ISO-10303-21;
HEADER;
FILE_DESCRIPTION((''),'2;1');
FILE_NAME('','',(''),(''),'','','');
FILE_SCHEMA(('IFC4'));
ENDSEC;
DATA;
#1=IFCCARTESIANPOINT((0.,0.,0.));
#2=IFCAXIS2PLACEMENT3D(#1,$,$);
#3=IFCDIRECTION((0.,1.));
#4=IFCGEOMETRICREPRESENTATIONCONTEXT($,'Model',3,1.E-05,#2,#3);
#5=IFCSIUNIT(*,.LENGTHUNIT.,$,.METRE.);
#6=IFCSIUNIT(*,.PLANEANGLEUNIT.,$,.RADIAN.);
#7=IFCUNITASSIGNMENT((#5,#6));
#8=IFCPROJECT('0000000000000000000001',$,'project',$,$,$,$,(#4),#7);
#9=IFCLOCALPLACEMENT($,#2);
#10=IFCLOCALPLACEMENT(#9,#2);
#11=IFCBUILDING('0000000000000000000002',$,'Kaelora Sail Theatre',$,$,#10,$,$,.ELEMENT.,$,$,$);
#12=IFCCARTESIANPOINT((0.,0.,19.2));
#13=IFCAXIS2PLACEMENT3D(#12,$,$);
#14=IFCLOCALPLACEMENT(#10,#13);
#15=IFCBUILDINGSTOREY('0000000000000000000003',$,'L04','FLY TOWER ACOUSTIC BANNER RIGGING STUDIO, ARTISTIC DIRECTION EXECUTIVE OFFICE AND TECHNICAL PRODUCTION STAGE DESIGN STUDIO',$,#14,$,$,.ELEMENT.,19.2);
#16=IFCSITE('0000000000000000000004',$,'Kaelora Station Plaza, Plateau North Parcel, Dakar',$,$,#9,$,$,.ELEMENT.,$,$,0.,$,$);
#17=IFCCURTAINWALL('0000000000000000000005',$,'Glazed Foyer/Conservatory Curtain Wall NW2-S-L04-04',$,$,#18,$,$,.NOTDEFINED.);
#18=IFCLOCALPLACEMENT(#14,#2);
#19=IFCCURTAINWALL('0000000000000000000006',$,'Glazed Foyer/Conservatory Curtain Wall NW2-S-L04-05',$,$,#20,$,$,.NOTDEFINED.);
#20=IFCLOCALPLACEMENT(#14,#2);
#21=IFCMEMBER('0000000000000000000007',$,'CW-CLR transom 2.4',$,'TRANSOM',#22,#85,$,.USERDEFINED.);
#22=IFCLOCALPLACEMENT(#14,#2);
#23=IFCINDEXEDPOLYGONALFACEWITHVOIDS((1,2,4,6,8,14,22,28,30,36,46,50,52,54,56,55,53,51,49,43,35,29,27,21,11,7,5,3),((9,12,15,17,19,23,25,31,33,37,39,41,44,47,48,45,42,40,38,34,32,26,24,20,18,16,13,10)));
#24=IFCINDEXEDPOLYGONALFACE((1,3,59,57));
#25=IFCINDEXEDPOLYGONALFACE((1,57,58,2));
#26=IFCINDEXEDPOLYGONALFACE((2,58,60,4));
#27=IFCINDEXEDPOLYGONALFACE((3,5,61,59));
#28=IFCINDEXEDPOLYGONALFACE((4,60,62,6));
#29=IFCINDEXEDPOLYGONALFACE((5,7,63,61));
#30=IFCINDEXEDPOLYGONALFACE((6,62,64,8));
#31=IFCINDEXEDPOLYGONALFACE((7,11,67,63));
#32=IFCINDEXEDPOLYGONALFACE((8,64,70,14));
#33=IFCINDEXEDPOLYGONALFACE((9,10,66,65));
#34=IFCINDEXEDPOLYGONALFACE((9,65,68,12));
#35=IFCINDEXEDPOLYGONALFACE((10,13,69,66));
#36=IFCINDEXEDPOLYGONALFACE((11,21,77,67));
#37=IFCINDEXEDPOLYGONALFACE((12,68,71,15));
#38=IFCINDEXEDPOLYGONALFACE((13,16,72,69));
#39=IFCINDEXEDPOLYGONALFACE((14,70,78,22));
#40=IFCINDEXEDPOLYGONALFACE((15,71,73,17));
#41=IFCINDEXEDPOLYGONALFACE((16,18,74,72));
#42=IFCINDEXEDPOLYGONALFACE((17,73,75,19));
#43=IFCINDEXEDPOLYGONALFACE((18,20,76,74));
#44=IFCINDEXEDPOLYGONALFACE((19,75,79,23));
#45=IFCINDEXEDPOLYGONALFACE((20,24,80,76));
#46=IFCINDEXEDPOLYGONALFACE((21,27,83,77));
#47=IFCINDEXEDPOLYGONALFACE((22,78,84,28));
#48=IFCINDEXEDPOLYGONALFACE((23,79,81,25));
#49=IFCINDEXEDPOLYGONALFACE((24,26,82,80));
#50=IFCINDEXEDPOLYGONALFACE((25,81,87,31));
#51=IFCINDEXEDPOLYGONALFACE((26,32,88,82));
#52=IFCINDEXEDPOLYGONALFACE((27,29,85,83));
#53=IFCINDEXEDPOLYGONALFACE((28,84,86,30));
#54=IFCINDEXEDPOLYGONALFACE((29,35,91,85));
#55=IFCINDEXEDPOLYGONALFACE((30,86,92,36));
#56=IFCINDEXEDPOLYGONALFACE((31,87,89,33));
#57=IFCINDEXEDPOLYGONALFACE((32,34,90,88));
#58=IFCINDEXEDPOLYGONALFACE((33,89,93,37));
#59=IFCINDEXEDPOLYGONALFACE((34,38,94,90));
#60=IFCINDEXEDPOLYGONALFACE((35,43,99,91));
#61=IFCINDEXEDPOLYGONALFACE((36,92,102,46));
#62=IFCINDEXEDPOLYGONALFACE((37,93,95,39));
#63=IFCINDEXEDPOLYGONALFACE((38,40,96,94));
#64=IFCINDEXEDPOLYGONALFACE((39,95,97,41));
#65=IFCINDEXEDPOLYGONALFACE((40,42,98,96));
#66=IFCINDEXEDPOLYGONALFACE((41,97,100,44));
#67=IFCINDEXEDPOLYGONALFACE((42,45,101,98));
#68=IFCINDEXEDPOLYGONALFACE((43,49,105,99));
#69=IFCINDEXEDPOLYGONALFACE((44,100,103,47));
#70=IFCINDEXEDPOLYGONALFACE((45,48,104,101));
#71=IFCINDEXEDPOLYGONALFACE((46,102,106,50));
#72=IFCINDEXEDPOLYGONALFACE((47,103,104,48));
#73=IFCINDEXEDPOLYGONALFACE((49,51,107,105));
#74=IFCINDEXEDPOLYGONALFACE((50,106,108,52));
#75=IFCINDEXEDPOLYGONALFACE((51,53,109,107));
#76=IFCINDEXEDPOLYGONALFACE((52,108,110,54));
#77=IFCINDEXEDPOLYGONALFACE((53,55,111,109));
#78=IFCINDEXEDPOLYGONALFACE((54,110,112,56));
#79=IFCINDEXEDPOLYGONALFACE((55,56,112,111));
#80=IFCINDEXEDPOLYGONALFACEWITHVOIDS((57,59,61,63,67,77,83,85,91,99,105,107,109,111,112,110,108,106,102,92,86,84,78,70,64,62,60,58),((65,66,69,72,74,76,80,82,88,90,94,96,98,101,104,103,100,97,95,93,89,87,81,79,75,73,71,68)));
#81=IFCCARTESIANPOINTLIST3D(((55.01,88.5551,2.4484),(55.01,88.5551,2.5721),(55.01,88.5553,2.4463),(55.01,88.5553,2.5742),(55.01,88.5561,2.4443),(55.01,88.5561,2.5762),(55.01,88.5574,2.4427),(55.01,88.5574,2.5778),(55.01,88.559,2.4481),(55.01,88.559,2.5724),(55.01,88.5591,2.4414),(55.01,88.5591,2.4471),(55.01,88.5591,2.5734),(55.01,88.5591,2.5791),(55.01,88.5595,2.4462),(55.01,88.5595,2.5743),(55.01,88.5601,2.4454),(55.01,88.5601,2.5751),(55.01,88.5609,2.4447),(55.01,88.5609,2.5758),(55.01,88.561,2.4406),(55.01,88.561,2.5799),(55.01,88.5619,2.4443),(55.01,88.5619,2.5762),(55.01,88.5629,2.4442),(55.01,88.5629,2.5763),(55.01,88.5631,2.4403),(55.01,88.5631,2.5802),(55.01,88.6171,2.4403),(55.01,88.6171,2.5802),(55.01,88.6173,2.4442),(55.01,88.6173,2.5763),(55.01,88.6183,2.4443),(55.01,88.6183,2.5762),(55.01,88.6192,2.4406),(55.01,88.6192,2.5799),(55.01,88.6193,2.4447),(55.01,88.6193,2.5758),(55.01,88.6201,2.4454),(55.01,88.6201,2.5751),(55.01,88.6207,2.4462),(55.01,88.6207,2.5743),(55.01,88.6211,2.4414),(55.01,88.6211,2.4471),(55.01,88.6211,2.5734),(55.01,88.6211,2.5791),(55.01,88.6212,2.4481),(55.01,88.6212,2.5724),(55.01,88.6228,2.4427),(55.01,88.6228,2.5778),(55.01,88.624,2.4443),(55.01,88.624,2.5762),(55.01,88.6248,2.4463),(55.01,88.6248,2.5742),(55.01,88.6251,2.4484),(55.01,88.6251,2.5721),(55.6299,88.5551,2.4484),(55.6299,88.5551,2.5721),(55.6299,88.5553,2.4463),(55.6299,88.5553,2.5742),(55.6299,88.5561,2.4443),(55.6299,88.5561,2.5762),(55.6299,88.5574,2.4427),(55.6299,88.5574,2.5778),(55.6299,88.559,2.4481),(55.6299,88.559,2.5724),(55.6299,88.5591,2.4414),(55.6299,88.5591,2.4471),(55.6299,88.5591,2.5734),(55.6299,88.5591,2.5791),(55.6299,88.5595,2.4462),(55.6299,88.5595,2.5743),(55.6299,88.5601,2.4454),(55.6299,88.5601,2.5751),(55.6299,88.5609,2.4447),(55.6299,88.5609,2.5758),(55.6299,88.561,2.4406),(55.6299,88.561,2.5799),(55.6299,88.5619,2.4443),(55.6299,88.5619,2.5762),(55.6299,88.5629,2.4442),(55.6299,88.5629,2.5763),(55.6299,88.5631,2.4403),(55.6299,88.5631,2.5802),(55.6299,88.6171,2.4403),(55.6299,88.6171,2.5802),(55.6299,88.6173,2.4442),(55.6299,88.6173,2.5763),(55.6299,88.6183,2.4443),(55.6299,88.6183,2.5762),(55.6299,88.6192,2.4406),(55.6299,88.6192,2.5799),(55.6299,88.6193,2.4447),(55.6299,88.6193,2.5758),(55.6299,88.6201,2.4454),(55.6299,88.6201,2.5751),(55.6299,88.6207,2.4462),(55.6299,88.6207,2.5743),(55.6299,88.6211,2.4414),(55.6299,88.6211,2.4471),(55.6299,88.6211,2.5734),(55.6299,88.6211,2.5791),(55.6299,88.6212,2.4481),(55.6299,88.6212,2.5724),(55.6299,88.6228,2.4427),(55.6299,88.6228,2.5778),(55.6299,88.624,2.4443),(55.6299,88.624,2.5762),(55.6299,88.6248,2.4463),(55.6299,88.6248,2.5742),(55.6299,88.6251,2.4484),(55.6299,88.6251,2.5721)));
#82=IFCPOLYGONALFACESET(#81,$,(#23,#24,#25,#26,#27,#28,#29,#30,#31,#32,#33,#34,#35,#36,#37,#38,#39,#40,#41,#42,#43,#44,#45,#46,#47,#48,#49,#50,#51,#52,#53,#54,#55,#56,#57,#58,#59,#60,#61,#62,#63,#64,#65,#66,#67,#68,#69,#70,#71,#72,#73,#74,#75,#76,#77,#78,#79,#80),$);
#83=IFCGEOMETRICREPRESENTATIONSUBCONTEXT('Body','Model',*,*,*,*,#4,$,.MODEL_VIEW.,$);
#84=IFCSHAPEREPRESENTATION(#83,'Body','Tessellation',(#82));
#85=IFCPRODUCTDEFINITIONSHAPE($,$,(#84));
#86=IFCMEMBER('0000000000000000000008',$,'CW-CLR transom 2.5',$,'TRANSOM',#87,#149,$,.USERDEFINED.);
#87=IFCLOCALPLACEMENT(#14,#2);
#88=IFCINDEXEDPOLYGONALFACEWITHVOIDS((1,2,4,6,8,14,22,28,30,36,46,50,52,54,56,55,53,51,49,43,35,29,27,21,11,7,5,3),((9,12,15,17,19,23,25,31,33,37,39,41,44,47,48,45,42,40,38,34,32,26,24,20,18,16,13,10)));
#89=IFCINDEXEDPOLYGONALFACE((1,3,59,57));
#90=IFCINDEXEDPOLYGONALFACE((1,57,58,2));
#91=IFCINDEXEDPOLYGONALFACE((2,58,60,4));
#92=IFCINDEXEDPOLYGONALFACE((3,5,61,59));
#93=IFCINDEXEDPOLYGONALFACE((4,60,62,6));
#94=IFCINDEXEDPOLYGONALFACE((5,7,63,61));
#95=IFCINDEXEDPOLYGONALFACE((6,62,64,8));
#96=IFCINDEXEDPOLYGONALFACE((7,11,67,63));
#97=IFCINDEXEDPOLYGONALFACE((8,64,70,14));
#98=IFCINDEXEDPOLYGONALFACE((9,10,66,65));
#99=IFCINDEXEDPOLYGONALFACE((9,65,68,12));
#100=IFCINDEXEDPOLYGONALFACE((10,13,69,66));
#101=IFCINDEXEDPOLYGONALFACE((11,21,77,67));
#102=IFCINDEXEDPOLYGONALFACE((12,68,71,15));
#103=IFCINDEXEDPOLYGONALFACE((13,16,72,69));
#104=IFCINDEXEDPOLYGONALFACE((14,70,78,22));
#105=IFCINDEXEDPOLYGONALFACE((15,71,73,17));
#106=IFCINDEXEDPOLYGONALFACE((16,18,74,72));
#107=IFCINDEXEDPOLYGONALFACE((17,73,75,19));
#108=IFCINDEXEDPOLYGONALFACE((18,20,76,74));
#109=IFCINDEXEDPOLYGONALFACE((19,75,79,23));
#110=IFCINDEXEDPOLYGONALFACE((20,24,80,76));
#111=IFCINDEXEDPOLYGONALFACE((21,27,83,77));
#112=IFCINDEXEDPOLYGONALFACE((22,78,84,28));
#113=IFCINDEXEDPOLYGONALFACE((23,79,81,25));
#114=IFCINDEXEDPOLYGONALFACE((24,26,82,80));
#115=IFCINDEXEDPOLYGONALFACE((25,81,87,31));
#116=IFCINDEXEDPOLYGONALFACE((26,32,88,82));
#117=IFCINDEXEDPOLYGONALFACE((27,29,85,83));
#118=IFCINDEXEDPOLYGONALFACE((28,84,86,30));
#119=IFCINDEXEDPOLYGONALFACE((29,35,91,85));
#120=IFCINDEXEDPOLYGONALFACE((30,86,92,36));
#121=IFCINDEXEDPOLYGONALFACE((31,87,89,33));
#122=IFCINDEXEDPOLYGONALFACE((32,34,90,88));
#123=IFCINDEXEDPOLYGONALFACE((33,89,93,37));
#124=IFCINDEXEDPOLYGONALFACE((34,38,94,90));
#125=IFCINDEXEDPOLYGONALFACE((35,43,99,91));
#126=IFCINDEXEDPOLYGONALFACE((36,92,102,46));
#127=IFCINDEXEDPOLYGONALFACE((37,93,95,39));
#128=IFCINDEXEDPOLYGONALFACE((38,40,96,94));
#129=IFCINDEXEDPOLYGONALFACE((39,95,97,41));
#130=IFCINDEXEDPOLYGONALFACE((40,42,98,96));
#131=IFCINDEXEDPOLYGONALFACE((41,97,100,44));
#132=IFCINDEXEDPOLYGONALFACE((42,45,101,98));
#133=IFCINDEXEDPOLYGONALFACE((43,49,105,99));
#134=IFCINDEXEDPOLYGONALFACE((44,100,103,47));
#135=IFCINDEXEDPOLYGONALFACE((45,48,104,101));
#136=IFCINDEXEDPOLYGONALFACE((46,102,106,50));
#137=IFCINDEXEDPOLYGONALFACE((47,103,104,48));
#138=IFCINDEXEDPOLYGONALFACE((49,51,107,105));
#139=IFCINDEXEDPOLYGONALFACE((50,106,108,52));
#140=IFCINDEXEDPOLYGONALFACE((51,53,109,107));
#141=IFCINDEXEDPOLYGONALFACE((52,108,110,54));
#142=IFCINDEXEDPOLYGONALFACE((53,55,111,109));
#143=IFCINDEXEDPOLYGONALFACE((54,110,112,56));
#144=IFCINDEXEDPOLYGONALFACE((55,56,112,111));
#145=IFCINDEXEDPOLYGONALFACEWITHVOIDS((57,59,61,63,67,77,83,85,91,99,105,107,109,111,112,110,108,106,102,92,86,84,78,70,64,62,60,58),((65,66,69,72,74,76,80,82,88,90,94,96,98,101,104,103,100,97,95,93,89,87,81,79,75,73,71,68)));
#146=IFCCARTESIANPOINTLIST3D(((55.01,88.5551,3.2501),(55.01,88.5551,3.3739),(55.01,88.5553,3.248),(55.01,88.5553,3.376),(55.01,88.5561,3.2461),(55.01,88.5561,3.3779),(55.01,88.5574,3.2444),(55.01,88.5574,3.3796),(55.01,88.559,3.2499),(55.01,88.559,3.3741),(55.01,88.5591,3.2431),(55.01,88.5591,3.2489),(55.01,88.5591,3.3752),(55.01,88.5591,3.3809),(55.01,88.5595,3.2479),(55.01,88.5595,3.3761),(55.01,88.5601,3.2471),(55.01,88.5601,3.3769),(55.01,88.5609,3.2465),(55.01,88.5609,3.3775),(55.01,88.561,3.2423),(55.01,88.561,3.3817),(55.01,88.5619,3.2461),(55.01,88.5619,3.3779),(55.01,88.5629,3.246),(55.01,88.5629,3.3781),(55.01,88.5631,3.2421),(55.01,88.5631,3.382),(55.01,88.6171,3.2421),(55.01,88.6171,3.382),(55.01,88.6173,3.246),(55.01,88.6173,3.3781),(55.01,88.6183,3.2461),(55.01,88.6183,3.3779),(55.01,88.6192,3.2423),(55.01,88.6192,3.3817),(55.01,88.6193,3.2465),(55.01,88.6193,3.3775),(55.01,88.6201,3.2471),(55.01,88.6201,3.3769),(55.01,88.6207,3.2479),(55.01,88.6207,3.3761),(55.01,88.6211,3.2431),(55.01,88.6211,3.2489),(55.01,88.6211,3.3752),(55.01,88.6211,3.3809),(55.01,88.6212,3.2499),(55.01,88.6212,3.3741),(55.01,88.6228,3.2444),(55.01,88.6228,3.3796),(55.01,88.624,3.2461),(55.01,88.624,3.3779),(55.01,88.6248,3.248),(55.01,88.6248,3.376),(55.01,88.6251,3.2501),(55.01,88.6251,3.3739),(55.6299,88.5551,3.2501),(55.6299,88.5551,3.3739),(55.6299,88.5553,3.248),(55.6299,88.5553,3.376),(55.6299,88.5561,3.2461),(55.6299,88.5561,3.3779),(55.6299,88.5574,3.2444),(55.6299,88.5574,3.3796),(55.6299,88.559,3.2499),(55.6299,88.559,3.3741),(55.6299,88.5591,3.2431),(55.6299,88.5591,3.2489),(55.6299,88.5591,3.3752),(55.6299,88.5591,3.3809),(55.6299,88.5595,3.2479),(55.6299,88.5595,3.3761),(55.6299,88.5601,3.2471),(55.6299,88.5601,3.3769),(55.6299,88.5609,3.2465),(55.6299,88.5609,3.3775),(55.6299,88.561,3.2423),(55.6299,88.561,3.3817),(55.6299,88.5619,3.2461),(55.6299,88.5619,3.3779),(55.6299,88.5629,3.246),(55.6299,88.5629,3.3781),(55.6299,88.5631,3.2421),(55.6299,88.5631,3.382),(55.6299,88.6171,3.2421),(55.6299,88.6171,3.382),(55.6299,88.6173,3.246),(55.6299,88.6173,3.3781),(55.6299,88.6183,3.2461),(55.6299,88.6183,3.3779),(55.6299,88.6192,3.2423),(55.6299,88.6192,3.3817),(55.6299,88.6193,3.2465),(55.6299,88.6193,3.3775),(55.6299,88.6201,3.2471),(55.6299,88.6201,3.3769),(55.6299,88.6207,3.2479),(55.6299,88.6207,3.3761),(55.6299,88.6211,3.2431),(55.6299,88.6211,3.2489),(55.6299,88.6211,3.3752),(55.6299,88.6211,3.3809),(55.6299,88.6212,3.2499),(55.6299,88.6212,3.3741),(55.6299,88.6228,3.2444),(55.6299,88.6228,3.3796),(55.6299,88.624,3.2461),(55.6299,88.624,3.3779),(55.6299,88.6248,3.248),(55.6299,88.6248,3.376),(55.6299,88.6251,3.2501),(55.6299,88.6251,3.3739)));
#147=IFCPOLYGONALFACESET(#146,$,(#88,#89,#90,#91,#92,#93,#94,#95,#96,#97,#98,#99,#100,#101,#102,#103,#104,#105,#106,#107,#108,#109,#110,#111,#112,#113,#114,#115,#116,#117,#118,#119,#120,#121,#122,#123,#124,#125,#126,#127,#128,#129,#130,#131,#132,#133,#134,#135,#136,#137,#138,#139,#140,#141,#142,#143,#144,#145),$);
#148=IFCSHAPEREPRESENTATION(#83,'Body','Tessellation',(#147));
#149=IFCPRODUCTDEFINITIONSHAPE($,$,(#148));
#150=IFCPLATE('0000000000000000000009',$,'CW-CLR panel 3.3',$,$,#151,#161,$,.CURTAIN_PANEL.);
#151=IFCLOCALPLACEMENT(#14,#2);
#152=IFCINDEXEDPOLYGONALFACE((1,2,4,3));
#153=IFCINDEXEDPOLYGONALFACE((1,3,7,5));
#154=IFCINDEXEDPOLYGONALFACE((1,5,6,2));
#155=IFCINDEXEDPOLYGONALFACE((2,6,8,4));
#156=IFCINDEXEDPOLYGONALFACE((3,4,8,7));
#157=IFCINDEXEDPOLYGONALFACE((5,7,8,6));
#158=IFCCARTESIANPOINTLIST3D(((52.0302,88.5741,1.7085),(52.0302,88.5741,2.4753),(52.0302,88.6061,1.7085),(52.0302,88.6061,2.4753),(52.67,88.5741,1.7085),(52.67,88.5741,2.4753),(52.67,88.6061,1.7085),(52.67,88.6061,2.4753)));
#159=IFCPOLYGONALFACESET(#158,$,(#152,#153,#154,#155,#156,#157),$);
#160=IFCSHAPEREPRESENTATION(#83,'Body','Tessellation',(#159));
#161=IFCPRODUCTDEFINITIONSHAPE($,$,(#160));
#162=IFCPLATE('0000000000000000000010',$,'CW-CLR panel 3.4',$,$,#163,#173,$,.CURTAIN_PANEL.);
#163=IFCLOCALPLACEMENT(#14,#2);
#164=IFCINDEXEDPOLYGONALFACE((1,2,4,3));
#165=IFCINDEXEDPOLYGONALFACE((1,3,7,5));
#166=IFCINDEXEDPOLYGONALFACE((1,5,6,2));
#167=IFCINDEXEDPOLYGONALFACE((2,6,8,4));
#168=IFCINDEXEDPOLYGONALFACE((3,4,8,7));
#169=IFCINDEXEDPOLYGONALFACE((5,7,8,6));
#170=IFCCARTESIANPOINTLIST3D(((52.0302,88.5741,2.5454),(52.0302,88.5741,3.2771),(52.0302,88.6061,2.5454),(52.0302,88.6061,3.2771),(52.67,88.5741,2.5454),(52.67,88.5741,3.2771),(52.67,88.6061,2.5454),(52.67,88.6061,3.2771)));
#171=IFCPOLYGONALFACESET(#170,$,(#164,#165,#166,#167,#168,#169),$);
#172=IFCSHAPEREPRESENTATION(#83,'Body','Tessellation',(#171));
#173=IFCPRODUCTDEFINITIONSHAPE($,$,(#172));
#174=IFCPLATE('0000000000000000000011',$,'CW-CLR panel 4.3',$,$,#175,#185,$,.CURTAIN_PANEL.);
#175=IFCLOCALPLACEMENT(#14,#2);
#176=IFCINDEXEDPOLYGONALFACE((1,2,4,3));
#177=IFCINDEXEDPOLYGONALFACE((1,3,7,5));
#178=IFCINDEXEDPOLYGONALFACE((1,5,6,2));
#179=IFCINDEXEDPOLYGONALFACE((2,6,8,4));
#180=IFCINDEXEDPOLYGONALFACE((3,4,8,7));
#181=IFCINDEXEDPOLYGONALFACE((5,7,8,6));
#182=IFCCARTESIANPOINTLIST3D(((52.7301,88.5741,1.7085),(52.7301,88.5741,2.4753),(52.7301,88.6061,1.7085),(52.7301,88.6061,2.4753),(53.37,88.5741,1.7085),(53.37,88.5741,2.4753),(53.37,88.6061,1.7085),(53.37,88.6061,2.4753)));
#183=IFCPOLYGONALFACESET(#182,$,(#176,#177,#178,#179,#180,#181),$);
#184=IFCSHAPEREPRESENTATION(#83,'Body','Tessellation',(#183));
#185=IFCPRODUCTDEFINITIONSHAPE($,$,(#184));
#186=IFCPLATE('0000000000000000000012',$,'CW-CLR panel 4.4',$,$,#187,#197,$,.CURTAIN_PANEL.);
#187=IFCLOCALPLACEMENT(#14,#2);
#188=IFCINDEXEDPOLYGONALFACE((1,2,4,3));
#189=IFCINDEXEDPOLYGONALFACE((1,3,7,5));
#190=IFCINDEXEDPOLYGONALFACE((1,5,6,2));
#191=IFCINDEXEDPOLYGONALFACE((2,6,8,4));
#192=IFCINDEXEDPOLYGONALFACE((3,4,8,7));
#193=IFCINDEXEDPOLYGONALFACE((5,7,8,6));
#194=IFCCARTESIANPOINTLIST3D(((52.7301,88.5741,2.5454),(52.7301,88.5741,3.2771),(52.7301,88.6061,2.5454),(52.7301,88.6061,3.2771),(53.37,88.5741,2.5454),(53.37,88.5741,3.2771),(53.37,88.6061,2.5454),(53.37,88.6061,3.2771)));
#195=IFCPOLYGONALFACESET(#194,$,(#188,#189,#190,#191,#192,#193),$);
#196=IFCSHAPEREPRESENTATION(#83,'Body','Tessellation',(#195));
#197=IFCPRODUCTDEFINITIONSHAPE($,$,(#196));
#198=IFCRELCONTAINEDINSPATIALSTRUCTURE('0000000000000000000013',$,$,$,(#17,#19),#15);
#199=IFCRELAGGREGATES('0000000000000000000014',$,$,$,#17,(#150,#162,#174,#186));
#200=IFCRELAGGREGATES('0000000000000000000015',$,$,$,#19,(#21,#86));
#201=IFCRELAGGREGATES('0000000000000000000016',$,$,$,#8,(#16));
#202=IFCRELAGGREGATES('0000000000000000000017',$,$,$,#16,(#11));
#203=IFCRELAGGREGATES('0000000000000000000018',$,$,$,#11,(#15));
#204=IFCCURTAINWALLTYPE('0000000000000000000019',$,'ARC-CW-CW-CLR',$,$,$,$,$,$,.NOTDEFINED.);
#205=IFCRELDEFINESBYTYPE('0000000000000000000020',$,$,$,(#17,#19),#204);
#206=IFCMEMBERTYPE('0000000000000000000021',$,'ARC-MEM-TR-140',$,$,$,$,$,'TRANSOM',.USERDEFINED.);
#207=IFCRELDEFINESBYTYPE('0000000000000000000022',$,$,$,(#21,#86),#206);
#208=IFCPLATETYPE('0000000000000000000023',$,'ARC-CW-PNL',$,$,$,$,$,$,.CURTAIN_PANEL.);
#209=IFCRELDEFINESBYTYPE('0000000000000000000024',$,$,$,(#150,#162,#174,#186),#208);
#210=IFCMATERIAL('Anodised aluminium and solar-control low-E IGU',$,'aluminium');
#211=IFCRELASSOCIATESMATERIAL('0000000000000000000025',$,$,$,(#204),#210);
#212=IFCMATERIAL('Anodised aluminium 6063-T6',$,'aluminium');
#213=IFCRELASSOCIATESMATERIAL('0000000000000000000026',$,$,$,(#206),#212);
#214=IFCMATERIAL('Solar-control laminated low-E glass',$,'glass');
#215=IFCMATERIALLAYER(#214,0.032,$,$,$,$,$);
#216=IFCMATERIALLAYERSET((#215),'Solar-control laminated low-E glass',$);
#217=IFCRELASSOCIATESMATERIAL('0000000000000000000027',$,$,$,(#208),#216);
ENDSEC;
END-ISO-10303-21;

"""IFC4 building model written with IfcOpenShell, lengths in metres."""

from ifc_helpers import new_model, si_unit, direction, frame, origin, origin_2d, place, context, subcontext, project, spatial, rectangle, hollow_rectangle, extrude, material, layer, layer_set, material_profile, profile_set, type_object, element, aggregate, save


model = new_model("IFC4")

# Units and contexts
model_context = context("Model", 3, precision=1e-05, world=origin(), true_north=direction((0.0, 1.0)))
body_context = subcontext(model_context, "Body", "Model", "MODEL_VIEW")
ifc_project = project(units=[si_unit("LENGTHUNIT", "METRE"), si_unit("PLANEANGLEUNIT", "RADIAN")], contexts=[model_context])

# Site, building, storey
site_placement = place(None, origin())
site = spatial("IfcSite", under=ifc_project, at=site_placement, Name="Kaelora Station Plaza, Plateau North Parcel, Dakar", CompositionType="ELEMENT", RefElevation=0.0)
building_placement = place(site_placement, origin())
building = spatial("IfcBuilding", under=site, at=building_placement, Name="Kaelora Sail Theatre", CompositionType="ELEMENT")
storey_placement = place(building_placement, frame((0.0, 0.0, 19.2)))
storey = spatial("IfcBuildingStorey", under=building, at=storey_placement, Name="L04", Description="FLY TOWER ACOUSTIC BANNER RIGGING STUDIO, ARTISTIC DIRECTION EXECUTIVE OFFICE AND TECHNICAL PRODUCTION STAGE DESIGN STUDIO", CompositionType="ELEMENT", Elevation=19.2)

# Curtain walls, members
ifc_material_1 = material(Name="Anodised aluminium and solar-control low-E IGU", Category="aluminium")
curtain_wall_type = type_object("IfcCurtainWallType", Name="ARC-CW-CW-CLR", PredefinedType="NOTDEFINED", material=ifc_material_1)
curtain_wall_1_placement = place(storey_placement, origin())
curtain_wall_1 = element("IfcCurtainWall", 1, at=curtain_wall_1_placement, inside=storey, type_object=curtain_wall_type, Name="Glazed Foyer/Conservatory Curtain Wall NW2-S-L04-04", PredefinedType="NOTDEFINED")
ifc_material_2 = material(Name="Anodised aluminium 6063-T6", Category="aluminium")
ifc_material_profile = material_profile(ifc_material_2, hollow_rectangle(XDim=0.0701, YDim=0.1399, WallThickness=0.0039, InnerFilletRadius=0.0039, OuterFilletRadius=0.0081, at=origin_2d()), Name="ALU-TRAN 70x140x4")
ifc_profile_set = profile_set([ifc_material_profile], Name="Anodised aluminium 6063-T6")
member_type = type_object("IfcMemberType", Name="ARC-MEM-TR-140", ElementType="TRANSOM", PredefinedType="USERDEFINED", material=ifc_profile_set)
curtain_wall_2_placement = place(storey_placement, origin())
curtain_wall_2 = element("IfcCurtainWall", 2, at=curtain_wall_2_placement, inside=storey, type_object=curtain_wall_type, Name="Glazed Foyer/Conservatory Curtain Wall NW2-S-L04-05", PredefinedType="NOTDEFINED")
member_1_placement = place(storey_placement, frame((55.01, 88.5901, 2.5103), z_axis=(1.0, 0.0, 0.0), x_axis=(0.0, 1.0, 0.0)))
member_1 = element("IfcMember", 3, at=member_1_placement, type_object=member_type, Name="CW-CLR transom 2.4", ObjectType="TRANSOM", PredefinedType="USERDEFINED", context=body_context, shape_type="SweptSolid", body=[
    extrude(hollow_rectangle(XDim=0.0701, YDim=0.1399, WallThickness=0.0039, InnerFilletRadius=0.0039, OuterFilletRadius=0.0081, at=origin_2d()), origin(), (0.0, 0.0, 1.0), 0.6199),
])
member_2_placement = place(storey_placement, frame((55.01, 88.5901, 3.312), z_axis=(1.0, 0.0, 0.0), x_axis=(0.0, 1.0, 0.0)))
member_2 = element("IfcMember", 4, at=member_2_placement, type_object=member_type, Name="CW-CLR transom 2.5", ObjectType="TRANSOM", PredefinedType="USERDEFINED", context=body_context, shape_type="SweptSolid", body=[
    extrude(hollow_rectangle(XDim=0.0701, YDim=0.1399, WallThickness=0.0039, InnerFilletRadius=0.0039, OuterFilletRadius=0.0081, at=origin_2d()), origin(), (0.0, 0.0, 1.0), 0.6199),
])

# Plates
ifc_material_3 = material(Name="Solar-control laminated low-E glass", Category="glass")
ifc_layer = layer(ifc_material_3, 0.032)
ifc_layer_set = layer_set([ifc_layer], Name="Solar-control laminated low-E glass")
plate_type = type_object("IfcPlateType", Name="ARC-CW-PNL", PredefinedType="CURTAIN_PANEL", material=ifc_layer_set)
plate_1_placement = place(storey_placement, frame((52.3501, 88.5901, 1.7085), z_axis=(0.0, 0.0, 1.0), x_axis=(1.0, 0.0, 0.0)))
plate_1 = element("IfcPlate", 5, at=plate_1_placement, type_object=plate_type, Name="CW-CLR panel 3.3", PredefinedType="CURTAIN_PANEL", context=body_context, shape_type="SweptSolid", body=[
    extrude(rectangle(XDim=0.6399, YDim=0.032, at=origin_2d()), origin(), (0.0, 0.0, 1.0), 0.7668),
])
plate_2_placement = place(storey_placement, frame((52.3501, 88.5901, 2.5454), z_axis=(0.0, 0.0, 1.0), x_axis=(1.0, 0.0, 0.0)))
plate_2 = element("IfcPlate", 6, at=plate_2_placement, type_object=plate_type, Name="CW-CLR panel 3.4", PredefinedType="CURTAIN_PANEL", context=body_context, shape_type="SweptSolid", body=[
    extrude(rectangle(XDim=0.6399, YDim=0.032, at=origin_2d()), origin(), (0.0, 0.0, 1.0), 0.7317),
])
plate_3_placement = place(storey_placement, frame((53.05, 88.5901, 1.7085), z_axis=(0.0, 0.0, 1.0), x_axis=(1.0, 0.0, 0.0)))
plate_3 = element("IfcPlate", 7, at=plate_3_placement, type_object=plate_type, Name="CW-CLR panel 4.3", PredefinedType="CURTAIN_PANEL", context=body_context, shape_type="SweptSolid", body=[
    extrude(rectangle(XDim=0.6399, YDim=0.032, at=origin_2d()), origin(), (0.0, 0.0, 1.0), 0.7668),
])
plate_4_placement = place(storey_placement, frame((53.05, 88.5901, 2.5454), z_axis=(0.0, 0.0, 1.0), x_axis=(1.0, 0.0, 0.0)))
plate_4 = element("IfcPlate", 8, at=plate_4_placement, type_object=plate_type, Name="CW-CLR panel 4.4", PredefinedType="CURTAIN_PANEL", context=body_context, shape_type="SweptSolid", body=[
    extrude(rectangle(XDim=0.6399, YDim=0.032, at=origin_2d()), origin(), (0.0, 0.0, 1.0), 0.7317),
])
aggregate(curtain_wall_1, [plate_1, plate_2, plate_3, plate_4])
aggregate(curtain_wall_2, [member_1, member_2])

save(model, "model.ifc")
